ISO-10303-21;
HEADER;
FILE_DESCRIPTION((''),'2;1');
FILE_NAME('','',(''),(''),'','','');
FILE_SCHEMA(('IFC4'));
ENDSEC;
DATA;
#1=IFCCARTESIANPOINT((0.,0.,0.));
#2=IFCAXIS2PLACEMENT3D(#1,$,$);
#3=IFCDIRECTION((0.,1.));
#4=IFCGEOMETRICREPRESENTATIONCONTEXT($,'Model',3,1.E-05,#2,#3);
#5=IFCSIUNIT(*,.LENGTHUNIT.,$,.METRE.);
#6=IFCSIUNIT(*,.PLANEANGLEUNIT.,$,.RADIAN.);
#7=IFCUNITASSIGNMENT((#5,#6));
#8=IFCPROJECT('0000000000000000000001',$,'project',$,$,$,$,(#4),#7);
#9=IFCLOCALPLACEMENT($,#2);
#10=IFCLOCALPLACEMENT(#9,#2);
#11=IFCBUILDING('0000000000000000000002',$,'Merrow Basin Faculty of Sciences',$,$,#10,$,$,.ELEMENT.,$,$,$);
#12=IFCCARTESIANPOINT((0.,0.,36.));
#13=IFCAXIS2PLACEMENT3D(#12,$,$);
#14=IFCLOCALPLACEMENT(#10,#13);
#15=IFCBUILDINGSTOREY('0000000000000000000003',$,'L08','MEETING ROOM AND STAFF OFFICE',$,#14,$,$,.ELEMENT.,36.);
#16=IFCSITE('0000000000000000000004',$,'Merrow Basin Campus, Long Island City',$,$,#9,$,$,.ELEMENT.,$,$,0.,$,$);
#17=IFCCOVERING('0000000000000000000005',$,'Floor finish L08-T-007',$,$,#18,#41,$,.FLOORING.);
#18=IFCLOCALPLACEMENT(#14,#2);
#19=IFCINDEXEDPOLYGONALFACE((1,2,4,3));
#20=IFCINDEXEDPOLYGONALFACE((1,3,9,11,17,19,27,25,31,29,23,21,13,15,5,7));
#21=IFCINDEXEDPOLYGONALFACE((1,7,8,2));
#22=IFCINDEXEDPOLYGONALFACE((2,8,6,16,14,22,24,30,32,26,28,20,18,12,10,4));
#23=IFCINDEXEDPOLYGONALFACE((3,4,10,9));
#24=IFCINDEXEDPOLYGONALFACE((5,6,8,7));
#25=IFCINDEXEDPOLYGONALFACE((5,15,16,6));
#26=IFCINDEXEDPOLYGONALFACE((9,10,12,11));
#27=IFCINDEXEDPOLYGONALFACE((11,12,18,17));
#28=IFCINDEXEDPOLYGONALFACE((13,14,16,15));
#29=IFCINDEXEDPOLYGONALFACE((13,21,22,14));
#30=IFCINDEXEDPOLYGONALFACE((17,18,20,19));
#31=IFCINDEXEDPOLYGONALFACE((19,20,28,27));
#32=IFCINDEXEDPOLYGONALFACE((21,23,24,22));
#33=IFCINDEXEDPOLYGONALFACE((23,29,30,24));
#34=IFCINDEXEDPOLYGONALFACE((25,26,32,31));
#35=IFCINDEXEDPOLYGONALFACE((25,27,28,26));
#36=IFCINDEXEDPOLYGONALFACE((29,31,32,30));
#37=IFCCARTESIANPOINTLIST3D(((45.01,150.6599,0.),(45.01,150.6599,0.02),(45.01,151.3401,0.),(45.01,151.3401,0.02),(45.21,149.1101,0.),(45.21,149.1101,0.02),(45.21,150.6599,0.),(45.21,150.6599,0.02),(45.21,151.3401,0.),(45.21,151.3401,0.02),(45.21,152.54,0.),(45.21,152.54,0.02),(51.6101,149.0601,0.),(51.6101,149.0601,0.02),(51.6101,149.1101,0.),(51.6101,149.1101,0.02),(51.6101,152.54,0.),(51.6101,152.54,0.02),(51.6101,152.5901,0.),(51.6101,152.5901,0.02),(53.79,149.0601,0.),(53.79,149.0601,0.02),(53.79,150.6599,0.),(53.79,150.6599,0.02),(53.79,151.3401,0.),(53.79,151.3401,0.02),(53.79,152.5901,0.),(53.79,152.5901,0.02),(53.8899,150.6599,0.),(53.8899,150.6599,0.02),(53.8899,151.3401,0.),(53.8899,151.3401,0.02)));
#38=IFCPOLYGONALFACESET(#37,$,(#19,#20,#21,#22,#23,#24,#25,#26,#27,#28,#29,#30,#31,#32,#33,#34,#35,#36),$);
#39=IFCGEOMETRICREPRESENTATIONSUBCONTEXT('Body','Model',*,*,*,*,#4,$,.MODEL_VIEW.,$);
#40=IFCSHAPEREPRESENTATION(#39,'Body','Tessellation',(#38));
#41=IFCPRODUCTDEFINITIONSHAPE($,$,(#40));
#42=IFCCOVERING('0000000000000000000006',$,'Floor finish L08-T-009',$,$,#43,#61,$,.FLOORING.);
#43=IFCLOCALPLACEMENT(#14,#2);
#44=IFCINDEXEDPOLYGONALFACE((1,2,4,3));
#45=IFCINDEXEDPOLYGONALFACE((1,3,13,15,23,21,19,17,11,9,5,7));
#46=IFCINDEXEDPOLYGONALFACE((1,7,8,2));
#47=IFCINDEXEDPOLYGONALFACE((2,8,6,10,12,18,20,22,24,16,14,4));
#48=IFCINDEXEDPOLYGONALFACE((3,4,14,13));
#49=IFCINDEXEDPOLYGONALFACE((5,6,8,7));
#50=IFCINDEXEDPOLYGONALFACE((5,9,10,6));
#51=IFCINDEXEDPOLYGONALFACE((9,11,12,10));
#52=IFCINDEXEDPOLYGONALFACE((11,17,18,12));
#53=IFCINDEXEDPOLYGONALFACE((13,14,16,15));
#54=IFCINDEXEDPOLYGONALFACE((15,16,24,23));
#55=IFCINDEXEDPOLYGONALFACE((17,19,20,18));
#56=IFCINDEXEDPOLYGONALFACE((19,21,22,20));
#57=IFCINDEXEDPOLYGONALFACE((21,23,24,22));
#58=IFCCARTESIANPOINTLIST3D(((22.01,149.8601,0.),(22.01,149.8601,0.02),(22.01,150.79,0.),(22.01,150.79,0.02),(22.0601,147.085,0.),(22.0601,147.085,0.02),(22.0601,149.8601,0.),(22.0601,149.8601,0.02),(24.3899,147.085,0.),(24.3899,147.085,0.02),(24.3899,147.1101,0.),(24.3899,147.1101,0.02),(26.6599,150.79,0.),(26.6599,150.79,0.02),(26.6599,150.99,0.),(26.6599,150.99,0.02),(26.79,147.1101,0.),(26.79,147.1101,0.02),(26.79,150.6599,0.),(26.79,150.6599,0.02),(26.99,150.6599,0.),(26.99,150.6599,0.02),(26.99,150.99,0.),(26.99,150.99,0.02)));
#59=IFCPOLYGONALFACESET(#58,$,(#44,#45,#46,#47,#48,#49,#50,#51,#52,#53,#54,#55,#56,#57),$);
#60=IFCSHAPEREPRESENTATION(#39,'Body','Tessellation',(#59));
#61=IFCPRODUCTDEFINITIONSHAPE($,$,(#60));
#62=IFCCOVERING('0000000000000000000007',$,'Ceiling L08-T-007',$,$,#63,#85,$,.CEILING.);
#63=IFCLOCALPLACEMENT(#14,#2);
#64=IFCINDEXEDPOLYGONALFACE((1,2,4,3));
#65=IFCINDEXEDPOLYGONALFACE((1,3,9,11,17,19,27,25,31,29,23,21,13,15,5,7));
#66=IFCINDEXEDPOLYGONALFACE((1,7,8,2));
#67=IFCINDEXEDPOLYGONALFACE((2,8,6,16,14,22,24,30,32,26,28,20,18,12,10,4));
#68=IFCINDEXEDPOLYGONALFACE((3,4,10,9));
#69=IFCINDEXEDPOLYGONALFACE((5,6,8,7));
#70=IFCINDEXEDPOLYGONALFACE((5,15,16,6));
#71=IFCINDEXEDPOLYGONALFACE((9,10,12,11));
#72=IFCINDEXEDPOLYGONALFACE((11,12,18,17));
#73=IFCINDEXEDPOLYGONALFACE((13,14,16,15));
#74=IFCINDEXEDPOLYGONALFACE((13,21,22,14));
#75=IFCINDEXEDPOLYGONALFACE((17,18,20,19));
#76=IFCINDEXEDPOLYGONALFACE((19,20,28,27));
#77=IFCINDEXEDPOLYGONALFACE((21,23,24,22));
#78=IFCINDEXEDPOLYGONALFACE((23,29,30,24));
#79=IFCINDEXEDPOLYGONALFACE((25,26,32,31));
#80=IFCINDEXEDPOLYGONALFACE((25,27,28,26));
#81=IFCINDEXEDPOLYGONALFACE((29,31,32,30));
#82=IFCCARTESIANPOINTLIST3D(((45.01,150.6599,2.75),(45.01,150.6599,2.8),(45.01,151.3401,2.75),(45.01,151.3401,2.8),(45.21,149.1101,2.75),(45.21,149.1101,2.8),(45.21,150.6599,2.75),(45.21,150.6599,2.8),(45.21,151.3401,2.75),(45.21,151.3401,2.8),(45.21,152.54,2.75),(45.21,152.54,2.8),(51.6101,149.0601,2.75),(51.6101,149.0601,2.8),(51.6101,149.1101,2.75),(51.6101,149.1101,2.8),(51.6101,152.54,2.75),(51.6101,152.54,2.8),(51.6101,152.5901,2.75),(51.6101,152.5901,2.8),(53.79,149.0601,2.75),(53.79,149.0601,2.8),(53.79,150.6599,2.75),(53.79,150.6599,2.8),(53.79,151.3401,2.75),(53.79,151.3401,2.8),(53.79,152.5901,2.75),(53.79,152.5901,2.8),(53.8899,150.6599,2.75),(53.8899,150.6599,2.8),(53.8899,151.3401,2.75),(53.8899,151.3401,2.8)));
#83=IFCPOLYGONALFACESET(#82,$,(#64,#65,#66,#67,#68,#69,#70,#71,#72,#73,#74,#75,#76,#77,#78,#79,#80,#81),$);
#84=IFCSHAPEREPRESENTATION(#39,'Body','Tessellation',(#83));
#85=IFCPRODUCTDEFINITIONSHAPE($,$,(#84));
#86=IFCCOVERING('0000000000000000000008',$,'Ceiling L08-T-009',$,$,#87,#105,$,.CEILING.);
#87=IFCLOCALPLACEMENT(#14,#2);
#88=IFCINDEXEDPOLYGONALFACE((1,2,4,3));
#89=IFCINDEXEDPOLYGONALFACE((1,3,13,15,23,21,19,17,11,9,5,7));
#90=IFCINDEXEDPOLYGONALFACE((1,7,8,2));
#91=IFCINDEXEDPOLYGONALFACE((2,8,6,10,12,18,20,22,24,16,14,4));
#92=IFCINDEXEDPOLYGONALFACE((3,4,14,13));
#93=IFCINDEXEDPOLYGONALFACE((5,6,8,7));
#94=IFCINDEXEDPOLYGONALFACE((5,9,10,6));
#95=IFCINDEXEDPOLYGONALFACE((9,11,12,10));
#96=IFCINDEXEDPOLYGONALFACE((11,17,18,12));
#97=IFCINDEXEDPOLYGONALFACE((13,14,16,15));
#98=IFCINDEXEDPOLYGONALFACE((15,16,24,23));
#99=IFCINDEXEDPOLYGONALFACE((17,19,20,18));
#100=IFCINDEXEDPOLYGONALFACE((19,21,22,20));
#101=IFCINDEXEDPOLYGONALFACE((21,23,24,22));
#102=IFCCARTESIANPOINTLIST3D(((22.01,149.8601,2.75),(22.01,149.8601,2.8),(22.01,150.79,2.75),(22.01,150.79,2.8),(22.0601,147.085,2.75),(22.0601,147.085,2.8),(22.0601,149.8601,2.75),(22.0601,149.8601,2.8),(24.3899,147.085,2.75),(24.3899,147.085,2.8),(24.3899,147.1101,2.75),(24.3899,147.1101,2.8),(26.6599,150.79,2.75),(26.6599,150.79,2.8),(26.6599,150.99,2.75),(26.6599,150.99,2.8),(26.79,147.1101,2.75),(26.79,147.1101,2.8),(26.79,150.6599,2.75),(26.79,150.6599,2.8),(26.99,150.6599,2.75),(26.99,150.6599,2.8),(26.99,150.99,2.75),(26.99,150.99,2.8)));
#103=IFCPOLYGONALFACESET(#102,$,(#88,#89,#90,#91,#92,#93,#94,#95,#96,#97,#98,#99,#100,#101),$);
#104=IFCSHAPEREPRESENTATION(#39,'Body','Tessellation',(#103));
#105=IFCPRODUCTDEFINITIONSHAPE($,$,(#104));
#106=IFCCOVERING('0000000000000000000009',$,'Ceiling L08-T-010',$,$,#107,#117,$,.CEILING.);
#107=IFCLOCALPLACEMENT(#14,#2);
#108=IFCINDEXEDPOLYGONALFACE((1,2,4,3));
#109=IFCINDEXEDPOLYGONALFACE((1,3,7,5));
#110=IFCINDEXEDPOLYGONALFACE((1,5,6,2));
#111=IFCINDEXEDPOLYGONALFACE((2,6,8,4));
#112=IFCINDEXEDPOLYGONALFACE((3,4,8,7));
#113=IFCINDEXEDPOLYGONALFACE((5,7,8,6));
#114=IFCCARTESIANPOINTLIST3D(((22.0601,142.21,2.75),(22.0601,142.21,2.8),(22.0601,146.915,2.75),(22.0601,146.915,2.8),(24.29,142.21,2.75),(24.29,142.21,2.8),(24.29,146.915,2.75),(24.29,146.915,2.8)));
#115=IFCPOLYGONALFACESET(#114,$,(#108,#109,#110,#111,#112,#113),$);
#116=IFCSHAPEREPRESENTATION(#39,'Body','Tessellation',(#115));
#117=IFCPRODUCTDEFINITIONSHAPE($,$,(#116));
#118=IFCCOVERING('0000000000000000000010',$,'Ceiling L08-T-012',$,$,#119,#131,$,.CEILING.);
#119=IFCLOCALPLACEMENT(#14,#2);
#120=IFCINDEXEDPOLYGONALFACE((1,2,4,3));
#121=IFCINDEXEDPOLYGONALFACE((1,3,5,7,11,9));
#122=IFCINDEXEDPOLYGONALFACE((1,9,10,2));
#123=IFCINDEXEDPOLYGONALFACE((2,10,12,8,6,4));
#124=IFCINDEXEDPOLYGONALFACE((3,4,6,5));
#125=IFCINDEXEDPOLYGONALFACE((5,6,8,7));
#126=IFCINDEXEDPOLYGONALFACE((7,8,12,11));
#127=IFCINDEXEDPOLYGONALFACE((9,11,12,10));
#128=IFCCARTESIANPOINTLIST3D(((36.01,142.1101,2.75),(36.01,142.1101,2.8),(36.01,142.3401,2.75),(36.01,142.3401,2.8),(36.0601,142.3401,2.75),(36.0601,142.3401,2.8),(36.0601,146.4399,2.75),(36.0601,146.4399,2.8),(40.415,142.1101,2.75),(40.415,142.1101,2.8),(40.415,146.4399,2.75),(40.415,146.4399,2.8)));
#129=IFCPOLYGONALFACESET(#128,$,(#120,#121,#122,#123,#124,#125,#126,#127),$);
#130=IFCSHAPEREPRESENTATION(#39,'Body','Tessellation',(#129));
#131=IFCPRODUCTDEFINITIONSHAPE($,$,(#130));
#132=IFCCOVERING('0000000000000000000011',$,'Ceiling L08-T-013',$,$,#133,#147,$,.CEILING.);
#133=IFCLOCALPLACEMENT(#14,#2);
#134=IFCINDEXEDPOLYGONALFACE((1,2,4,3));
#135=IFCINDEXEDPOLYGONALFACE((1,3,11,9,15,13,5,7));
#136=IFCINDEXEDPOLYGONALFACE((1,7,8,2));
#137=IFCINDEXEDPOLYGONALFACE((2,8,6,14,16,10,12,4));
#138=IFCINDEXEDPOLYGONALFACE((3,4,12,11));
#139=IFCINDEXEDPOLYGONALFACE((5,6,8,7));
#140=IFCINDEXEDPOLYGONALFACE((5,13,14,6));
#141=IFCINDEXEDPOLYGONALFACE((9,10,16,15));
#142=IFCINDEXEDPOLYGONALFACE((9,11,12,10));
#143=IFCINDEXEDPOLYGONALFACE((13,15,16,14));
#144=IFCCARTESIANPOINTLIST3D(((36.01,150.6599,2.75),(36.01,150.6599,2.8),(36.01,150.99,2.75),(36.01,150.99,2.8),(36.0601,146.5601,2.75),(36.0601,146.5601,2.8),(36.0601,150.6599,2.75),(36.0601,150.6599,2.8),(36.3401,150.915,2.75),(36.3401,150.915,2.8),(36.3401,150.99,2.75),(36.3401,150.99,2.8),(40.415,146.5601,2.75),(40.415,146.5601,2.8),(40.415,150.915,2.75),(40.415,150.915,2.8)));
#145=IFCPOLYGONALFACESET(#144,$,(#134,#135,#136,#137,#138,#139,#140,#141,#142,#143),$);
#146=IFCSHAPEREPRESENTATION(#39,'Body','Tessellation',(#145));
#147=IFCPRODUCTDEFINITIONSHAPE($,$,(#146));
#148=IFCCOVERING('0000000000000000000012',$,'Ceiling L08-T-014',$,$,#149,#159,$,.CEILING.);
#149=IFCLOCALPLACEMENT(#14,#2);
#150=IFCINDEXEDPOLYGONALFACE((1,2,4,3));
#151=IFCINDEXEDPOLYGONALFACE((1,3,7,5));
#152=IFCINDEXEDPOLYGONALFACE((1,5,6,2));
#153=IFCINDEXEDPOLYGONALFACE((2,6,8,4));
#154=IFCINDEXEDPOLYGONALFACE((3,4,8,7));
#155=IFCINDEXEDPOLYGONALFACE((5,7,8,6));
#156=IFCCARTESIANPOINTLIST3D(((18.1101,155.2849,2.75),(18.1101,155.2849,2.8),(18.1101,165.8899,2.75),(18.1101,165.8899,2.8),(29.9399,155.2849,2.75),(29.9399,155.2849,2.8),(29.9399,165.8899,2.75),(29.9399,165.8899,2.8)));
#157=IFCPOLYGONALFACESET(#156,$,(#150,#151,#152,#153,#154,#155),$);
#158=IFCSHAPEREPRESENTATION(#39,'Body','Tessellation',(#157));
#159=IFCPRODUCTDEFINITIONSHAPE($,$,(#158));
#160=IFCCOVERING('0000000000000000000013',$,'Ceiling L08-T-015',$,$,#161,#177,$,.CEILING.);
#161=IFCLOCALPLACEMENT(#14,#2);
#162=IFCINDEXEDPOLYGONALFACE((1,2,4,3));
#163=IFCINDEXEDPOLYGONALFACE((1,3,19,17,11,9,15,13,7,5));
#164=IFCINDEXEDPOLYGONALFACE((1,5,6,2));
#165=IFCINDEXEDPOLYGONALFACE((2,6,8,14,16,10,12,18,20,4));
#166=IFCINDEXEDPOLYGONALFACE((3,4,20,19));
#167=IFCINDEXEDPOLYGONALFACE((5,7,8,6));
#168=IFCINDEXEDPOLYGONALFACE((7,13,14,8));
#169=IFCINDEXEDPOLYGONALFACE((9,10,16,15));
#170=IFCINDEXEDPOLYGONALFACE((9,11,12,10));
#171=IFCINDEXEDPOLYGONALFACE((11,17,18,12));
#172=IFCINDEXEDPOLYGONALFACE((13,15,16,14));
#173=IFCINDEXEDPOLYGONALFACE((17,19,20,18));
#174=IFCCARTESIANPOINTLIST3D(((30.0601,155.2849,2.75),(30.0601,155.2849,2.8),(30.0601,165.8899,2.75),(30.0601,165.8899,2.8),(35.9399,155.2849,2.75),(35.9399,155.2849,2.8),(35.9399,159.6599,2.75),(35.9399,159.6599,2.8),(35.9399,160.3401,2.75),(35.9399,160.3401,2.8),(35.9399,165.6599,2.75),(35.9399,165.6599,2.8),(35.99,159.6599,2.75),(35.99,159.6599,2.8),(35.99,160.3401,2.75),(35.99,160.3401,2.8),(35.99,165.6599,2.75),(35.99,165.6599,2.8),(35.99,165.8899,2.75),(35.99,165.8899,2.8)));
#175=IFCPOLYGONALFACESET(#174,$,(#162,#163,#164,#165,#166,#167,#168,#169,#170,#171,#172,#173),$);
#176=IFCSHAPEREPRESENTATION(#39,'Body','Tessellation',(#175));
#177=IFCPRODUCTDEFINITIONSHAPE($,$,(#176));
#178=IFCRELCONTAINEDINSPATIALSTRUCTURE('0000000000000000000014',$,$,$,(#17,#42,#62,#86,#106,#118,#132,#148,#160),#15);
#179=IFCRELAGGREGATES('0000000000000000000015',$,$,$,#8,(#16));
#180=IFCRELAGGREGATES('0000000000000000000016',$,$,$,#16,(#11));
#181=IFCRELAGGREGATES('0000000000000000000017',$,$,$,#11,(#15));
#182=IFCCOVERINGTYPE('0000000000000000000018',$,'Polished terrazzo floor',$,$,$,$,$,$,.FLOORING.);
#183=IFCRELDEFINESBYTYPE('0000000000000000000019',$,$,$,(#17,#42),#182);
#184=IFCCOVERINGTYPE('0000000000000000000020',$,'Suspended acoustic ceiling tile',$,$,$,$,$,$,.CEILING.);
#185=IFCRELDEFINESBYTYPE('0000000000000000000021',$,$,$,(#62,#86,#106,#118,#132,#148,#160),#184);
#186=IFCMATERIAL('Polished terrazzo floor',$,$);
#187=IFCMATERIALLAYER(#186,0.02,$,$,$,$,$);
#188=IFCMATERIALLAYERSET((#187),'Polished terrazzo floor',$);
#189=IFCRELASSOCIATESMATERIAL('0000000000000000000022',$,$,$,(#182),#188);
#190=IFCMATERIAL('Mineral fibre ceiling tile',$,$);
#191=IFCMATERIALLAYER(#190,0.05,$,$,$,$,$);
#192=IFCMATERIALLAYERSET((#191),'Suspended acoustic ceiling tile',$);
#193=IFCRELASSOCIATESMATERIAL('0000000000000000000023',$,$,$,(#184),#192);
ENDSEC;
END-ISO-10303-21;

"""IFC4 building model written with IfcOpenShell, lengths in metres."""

from ifc_helpers import new_model, si_unit, direction, frame, origin, place, context, subcontext, project, spatial, polyline, outline, extrude, material, layer, layer_set, type_object, element, save


model = new_model("IFC4")

# Units and contexts
model_context = context("Model", 3, precision=1e-05, world=origin(), true_north=direction((0.0, 1.0)))
body_context = subcontext(model_context, "Body", "Model", "MODEL_VIEW")
ifc_project = project(units=[si_unit("LENGTHUNIT", "METRE"), si_unit("PLANEANGLEUNIT", "RADIAN")], contexts=[model_context])

# Site, building, storey
site_placement = place(None, origin())
site = spatial("IfcSite", under=ifc_project, at=site_placement, Name="Merrow Basin Campus, Long Island City", CompositionType="ELEMENT", RefElevation=0.0)
building_placement = place(site_placement, origin())
building = spatial("IfcBuilding", under=site, at=building_placement, Name="Merrow Basin Faculty of Sciences", CompositionType="ELEMENT")
storey_placement = place(building_placement, frame((0.0, 0.0, 36.0)))
storey = spatial("IfcBuildingStorey", under=building, at=storey_placement, Name="L08", Description="MEETING ROOM AND STAFF OFFICE", CompositionType="ELEMENT", Elevation=36.0)

# Coverings
ifc_material_1 = material(Name="Polished terrazzo floor")
ifc_layer_1 = layer(ifc_material_1, 0.02)
ifc_layer_set_1 = layer_set([ifc_layer_1], Name="Polished terrazzo floor")
covering_type_1 = type_object("IfcCoveringType", Name="Polished terrazzo floor", PredefinedType="FLOORING", material=ifc_layer_set_1)
covering_1_placement = place(storey_placement, origin())
element("IfcCovering", 1, at=covering_1_placement, inside=storey, type_object=covering_type_1, Name="Floor finish L08-T-007", PredefinedType="FLOORING", context=body_context, shape_type="SweptSolid", body=[
    extrude(outline(polyline([(45.01, 151.3401), (45.21, 151.3401), (45.21, 152.54), (51.6101, 152.54), (51.6101, 152.5901), (53.79, 152.5901), (53.79, 151.3401), (53.8899, 151.3401), (53.8899, 150.6599), (53.79, 150.6599), (53.79, 149.0601), (51.6101, 149.0601), (51.6101, 149.1101), (45.21, 149.1101), (45.21, 150.6599), (45.01, 150.6599), (45.01, 151.3401)])), origin(), (0.0, 0.0, 1.0), 0.02),
])
covering_2_placement = place(storey_placement, origin())
element("IfcCovering", 2, at=covering_2_placement, inside=storey, type_object=covering_type_1, Name="Floor finish L08-T-009", PredefinedType="FLOORING", context=body_context, shape_type="SweptSolid", body=[
    extrude(outline(polyline([(26.99, 150.99), (26.99, 150.6599), (26.79, 150.6599), (26.79, 147.1101), (24.3899, 147.1101), (24.3899, 147.085), (22.0601, 147.085), (22.0601, 149.8601), (22.01, 149.8601), (22.01, 150.79), (26.6599, 150.79), (26.6599, 150.99), (26.99, 150.99)])), origin(), (0.0, 0.0, 1.0), 0.02),
])
ifc_material_2 = material(Name="Mineral fibre ceiling tile")
ifc_layer_2 = layer(ifc_material_2, 0.05)
ifc_layer_set_2 = layer_set([ifc_layer_2], Name="Suspended acoustic ceiling tile")
covering_type_2 = type_object("IfcCoveringType", Name="Suspended acoustic ceiling tile", PredefinedType="CEILING", material=ifc_layer_set_2)
covering_3_placement = place(storey_placement, frame((0.0, 0.0, 2.75)))
element("IfcCovering", 3, at=covering_3_placement, inside=storey, type_object=covering_type_2, Name="Ceiling L08-T-007", PredefinedType="CEILING", context=body_context, shape_type="SweptSolid", body=[
    extrude(outline(polyline([(45.01, 151.3401), (45.21, 151.3401), (45.21, 152.54), (51.6101, 152.54), (51.6101, 152.5901), (53.79, 152.5901), (53.79, 151.3401), (53.8899, 151.3401), (53.8899, 150.6599), (53.79, 150.6599), (53.79, 149.0601), (51.6101, 149.0601), (51.6101, 149.1101), (45.21, 149.1101), (45.21, 150.6599), (45.01, 150.6599), (45.01, 151.3401)])), origin(), (0.0, 0.0, 1.0), 0.05),
])
covering_4_placement = place(storey_placement, frame((0.0, 0.0, 2.75)))
element("IfcCovering", 4, at=covering_4_placement, inside=storey, type_object=covering_type_2, Name="Ceiling L08-T-009", PredefinedType="CEILING", context=body_context, shape_type="SweptSolid", body=[
    extrude(outline(polyline([(26.99, 150.99), (26.99, 150.6599), (26.79, 150.6599), (26.79, 147.1101), (24.3899, 147.1101), (24.3899, 147.085), (22.0601, 147.085), (22.0601, 149.8601), (22.01, 149.8601), (22.01, 150.79), (26.6599, 150.79), (26.6599, 150.99), (26.99, 150.99)])), origin(), (0.0, 0.0, 1.0), 0.05),
])
covering_5_placement = place(storey_placement, frame((0.0, 0.0, 2.75)))
element("IfcCovering", 5, at=covering_5_placement, inside=storey, type_object=covering_type_2, Name="Ceiling L08-T-010", PredefinedType="CEILING", context=body_context, shape_type="SweptSolid", body=[
    extrude(outline(polyline([(24.29, 142.21), (22.0601, 142.21), (22.0601, 146.915), (24.29, 146.915), (24.29, 142.21)])), origin(), (0.0, 0.0, 1.0), 0.05),
])
covering_6_placement = place(storey_placement, frame((0.0, 0.0, 2.75)))
element("IfcCovering", 6, at=covering_6_placement, inside=storey, type_object=covering_type_2, Name="Ceiling L08-T-012", PredefinedType="CEILING", context=body_context, shape_type="SweptSolid", body=[
    extrude(outline(polyline([(36.01, 142.1101), (36.01, 142.3401), (36.0601, 142.3401), (36.0601, 146.4399), (40.415, 146.4399), (40.415, 142.1101), (36.01, 142.1101)])), origin(), (0.0, 0.0, 1.0), 0.05),
])
covering_7_placement = place(storey_placement, frame((0.0, 0.0, 2.75)))
element("IfcCovering", 7, at=covering_7_placement, inside=storey, type_object=covering_type_2, Name="Ceiling L08-T-013", PredefinedType="CEILING", context=body_context, shape_type="SweptSolid", body=[
    extrude(outline(polyline([(36.01, 150.99), (36.3401, 150.99), (36.3401, 150.915), (40.415, 150.915), (40.415, 146.5601), (36.0601, 146.5601), (36.0601, 150.6599), (36.01, 150.6599), (36.01, 150.99)])), origin(), (0.0, 0.0, 1.0), 0.05),
])
covering_8_placement = place(storey_placement, frame((0.0, 0.0, 2.75)))
element("IfcCovering", 8, at=covering_8_placement, inside=storey, type_object=covering_type_2, Name="Ceiling L08-T-014", PredefinedType="CEILING", context=body_context, shape_type="SweptSolid", body=[
    extrude(outline(polyline([(18.1101, 165.8899), (29.9399, 165.8899), (29.9399, 155.2849), (18.1101, 155.2849), (18.1101, 165.8899)])), origin(), (0.0, 0.0, 1.0), 0.05),
])
covering_9_placement = place(storey_placement, frame((0.0, 0.0, 2.75)))
element("IfcCovering", 9, at=covering_9_placement, inside=storey, type_object=covering_type_2, Name="Ceiling L08-T-015", PredefinedType="CEILING", context=body_context, shape_type="SweptSolid", body=[
    extrude(outline(polyline([(30.0601, 155.2849), (30.0601, 165.8899), (35.99, 165.8899), (35.99, 165.6599), (35.9399, 165.6599), (35.9399, 160.3401), (35.99, 160.3401), (35.99, 159.6599), (35.9399, 159.6599), (35.9399, 155.2849), (30.0601, 155.2849)])), origin(), (0.0, 0.0, 1.0), 0.05),
])

save(model, "model.ifc")
